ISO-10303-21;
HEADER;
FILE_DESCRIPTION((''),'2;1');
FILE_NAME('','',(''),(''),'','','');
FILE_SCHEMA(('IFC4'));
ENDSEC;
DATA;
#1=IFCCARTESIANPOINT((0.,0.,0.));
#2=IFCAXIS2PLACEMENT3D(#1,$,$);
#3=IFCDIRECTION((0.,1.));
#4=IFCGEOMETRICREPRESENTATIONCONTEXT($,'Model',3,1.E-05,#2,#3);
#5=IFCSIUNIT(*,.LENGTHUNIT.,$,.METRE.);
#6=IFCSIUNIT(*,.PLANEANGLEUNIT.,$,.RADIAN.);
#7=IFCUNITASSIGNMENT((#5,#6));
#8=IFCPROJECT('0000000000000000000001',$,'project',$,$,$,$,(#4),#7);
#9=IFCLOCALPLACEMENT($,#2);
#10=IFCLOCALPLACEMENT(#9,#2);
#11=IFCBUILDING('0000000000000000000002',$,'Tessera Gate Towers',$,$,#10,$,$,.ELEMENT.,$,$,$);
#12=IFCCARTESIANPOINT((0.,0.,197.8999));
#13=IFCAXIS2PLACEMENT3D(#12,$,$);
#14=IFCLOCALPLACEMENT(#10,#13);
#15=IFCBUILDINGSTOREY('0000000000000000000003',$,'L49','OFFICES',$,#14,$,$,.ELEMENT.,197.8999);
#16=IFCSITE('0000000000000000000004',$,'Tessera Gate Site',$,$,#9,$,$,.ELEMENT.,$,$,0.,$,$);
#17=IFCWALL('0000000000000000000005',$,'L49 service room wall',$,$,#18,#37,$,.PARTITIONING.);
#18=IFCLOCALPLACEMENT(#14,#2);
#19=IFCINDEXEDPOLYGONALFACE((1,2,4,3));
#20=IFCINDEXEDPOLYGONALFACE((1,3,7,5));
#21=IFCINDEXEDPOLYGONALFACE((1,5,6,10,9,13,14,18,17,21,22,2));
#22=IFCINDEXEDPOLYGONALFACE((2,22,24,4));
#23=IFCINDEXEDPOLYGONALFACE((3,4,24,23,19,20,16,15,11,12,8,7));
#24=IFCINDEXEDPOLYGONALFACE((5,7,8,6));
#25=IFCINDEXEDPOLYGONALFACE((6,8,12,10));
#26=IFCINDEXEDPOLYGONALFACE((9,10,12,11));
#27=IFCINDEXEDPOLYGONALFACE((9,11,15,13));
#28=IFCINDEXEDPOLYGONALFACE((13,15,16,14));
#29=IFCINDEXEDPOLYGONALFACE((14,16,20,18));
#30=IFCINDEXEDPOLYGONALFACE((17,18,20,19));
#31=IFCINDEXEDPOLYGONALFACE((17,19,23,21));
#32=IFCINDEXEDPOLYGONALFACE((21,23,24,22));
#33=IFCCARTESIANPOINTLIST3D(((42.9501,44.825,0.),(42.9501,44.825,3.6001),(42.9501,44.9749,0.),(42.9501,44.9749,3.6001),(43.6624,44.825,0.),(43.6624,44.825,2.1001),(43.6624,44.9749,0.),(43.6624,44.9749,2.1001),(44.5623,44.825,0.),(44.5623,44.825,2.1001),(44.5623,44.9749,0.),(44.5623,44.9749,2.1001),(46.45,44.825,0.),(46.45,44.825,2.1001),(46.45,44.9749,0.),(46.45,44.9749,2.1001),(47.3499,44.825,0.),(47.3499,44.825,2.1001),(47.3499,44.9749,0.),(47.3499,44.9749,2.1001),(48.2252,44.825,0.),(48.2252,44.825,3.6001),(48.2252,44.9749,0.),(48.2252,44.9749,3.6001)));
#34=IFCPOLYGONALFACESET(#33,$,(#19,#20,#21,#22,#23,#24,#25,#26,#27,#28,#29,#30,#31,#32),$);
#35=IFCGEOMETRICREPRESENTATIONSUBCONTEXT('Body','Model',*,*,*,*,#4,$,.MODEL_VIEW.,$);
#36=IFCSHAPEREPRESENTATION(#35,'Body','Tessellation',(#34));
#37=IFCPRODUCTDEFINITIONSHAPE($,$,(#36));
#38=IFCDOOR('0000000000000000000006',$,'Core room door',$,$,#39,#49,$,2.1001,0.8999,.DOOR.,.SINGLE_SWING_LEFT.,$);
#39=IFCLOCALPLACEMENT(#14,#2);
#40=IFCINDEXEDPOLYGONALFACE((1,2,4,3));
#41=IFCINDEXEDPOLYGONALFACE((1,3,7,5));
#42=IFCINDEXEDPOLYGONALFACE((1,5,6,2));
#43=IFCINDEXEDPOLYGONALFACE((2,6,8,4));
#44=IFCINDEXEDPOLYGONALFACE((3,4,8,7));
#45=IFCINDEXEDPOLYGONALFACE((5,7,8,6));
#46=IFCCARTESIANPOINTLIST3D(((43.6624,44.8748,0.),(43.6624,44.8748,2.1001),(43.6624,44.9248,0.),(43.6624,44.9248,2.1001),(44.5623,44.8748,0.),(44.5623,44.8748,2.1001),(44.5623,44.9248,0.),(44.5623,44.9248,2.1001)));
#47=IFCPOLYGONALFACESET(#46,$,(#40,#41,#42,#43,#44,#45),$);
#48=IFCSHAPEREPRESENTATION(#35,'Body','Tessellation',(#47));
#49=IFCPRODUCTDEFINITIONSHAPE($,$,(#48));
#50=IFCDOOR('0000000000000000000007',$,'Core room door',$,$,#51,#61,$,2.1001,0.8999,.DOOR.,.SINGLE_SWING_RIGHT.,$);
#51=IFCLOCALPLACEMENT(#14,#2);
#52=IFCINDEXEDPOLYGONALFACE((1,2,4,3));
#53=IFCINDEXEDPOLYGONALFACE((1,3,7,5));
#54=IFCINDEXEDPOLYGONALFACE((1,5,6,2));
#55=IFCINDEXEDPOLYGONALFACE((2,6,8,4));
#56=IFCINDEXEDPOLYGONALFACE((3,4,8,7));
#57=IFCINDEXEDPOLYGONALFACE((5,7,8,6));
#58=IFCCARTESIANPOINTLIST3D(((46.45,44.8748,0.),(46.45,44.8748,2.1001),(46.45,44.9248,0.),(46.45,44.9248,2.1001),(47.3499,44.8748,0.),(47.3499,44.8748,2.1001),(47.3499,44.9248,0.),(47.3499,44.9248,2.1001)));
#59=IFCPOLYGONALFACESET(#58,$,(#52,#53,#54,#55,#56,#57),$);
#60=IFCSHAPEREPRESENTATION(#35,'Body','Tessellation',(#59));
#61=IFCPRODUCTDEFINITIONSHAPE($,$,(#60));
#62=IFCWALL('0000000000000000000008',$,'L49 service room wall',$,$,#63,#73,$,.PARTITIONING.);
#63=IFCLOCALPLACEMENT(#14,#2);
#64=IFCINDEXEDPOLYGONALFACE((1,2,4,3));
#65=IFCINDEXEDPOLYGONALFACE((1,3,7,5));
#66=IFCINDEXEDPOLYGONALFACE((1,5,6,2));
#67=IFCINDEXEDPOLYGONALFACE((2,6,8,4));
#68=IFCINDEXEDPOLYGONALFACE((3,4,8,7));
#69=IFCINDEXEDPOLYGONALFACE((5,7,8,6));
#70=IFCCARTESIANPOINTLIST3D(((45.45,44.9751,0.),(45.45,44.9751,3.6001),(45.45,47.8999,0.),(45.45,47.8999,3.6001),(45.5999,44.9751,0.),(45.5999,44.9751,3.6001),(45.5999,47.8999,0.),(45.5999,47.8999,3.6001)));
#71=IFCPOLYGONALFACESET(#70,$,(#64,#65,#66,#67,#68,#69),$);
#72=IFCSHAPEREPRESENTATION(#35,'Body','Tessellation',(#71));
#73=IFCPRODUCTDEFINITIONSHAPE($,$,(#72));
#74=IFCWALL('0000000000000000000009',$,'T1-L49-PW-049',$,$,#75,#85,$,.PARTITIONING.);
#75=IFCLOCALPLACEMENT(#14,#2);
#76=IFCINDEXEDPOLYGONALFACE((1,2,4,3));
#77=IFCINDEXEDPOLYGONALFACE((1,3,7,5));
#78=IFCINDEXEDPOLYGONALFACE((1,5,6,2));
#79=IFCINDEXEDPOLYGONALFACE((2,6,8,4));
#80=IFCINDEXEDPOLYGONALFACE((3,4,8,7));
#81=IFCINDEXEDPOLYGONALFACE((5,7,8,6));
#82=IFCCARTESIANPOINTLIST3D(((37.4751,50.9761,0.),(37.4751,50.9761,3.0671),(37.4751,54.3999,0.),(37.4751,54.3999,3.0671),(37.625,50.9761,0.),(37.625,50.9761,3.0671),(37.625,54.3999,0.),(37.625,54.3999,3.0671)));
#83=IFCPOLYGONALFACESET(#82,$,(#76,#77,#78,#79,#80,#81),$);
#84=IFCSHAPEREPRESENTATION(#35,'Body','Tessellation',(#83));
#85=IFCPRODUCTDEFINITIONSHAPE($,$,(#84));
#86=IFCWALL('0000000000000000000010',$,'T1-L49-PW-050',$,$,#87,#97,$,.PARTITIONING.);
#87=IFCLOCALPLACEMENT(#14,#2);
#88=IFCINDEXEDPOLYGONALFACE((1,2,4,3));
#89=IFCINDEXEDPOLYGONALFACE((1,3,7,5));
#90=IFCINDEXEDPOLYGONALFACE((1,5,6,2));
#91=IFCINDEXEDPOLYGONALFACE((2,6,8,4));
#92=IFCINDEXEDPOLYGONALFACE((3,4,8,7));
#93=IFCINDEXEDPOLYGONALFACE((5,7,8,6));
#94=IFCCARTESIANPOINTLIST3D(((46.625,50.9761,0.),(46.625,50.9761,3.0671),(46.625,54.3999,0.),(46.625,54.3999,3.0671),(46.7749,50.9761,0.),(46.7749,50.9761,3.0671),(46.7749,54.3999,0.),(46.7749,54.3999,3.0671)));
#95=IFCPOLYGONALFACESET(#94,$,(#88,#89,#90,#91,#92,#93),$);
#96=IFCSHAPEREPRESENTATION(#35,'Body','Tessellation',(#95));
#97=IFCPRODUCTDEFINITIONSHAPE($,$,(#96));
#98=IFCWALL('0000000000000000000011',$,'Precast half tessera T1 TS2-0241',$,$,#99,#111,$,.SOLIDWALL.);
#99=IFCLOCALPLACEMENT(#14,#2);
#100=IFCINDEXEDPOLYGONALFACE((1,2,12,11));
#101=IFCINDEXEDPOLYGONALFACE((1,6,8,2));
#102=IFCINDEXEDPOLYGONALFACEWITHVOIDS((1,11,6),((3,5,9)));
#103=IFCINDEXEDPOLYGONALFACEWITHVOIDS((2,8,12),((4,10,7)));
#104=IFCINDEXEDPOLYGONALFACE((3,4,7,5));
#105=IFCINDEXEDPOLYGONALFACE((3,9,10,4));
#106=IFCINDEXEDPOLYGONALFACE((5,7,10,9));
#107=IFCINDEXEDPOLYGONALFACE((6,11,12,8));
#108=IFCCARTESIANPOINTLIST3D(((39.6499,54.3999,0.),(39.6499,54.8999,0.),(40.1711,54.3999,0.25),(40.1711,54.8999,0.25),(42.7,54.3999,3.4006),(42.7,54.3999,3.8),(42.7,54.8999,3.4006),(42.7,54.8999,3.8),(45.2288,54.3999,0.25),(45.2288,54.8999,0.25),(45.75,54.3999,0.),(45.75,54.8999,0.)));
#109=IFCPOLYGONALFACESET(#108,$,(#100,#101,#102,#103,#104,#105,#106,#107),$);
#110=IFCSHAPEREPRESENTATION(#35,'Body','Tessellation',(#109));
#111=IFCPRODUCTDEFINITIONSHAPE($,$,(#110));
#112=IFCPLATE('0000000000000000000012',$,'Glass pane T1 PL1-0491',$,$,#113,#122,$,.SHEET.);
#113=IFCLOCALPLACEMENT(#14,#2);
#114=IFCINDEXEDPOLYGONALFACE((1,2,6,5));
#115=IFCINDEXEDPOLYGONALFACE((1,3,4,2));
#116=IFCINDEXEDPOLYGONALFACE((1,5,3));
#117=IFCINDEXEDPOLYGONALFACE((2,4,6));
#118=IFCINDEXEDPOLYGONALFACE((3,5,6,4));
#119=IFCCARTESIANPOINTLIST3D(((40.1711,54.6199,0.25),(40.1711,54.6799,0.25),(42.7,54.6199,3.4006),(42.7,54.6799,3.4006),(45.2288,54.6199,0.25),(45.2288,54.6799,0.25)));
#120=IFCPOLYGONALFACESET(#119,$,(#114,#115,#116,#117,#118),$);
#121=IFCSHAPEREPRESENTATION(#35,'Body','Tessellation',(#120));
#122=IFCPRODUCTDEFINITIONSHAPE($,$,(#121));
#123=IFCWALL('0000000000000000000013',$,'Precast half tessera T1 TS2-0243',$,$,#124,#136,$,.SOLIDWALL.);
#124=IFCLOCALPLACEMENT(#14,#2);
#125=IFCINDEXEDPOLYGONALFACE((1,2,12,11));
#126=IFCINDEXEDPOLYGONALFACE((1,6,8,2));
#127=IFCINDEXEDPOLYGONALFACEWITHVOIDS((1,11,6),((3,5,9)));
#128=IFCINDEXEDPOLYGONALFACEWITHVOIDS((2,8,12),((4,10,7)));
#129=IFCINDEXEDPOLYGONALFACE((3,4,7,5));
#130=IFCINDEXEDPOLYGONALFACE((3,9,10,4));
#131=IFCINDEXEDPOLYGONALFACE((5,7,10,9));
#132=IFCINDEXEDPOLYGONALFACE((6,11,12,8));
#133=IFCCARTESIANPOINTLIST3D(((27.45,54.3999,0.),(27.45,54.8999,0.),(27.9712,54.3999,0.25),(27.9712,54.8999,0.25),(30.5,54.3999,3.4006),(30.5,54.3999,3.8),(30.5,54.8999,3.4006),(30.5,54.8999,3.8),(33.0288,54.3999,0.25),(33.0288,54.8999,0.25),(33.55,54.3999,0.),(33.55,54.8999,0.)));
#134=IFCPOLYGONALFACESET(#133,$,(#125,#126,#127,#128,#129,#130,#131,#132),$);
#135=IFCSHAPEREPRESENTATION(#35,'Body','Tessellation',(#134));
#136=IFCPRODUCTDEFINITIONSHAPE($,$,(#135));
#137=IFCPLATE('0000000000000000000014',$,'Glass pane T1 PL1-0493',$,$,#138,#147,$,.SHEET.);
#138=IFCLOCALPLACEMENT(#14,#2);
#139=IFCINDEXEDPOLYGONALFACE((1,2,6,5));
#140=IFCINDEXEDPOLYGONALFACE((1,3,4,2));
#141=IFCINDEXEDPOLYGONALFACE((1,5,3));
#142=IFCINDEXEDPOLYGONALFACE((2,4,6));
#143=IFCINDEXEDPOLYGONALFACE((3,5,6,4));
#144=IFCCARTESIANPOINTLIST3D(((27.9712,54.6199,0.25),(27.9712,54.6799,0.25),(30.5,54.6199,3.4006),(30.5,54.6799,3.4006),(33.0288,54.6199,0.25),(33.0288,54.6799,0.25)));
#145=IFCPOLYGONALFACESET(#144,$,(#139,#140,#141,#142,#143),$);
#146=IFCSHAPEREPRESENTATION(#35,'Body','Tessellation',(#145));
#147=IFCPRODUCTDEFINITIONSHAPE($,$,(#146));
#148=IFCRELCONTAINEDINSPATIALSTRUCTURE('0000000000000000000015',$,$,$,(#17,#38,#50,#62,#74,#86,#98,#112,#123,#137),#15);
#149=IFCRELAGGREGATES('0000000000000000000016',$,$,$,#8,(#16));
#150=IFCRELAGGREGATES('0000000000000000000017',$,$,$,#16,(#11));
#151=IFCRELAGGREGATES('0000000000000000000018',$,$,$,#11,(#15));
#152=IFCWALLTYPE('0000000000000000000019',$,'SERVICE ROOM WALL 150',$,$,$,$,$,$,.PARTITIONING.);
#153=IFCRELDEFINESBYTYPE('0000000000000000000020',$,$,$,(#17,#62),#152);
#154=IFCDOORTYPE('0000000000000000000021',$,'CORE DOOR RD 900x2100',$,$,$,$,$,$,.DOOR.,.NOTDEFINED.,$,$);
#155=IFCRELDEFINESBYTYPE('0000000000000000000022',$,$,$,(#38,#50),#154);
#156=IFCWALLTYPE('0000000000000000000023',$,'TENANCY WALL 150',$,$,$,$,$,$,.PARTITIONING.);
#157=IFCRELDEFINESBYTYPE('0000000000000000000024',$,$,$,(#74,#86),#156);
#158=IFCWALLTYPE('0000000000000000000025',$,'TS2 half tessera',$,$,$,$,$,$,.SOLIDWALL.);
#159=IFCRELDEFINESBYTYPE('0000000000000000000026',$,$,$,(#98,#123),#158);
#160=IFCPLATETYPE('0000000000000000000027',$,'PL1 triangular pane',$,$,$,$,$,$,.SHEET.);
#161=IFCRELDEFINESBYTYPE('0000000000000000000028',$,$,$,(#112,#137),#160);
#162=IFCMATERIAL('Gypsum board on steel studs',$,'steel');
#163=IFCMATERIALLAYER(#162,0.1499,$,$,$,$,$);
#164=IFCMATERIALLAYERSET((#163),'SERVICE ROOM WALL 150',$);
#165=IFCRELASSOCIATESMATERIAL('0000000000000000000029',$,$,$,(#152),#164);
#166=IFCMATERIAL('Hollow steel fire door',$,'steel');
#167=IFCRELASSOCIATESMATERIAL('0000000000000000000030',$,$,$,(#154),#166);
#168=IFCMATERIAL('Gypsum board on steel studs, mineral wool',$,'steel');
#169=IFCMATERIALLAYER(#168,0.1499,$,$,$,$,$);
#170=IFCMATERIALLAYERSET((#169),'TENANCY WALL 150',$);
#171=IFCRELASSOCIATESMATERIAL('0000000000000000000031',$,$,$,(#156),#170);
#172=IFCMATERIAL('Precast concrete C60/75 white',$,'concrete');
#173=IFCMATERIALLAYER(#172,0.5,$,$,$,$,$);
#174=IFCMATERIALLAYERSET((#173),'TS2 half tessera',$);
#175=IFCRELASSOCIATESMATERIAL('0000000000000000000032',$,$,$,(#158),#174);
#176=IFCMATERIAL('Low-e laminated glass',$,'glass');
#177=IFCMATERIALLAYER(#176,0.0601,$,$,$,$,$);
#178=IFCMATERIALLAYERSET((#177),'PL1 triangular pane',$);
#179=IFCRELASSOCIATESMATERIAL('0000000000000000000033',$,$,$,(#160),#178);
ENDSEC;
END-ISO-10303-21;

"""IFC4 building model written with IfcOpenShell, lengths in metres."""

from ifc_helpers import new_model, si_unit, direction, frame, frame_2d, origin, place, context, subcontext, project, spatial, polyline, rectangle, outline, extrude, source, transform, mapped, material, layer, layer_set, type_object, element, fill, save


model = new_model("IFC4")

# Units and contexts
model_context = context("Model", 3, precision=1e-05, world=origin(), true_north=direction((0.0, 1.0)))
body_context = subcontext(model_context, "Body", "Model", "MODEL_VIEW")
ifc_project = project(units=[si_unit("LENGTHUNIT", "METRE"), si_unit("PLANEANGLEUNIT", "RADIAN")], contexts=[model_context])

# Site, building, storey
site_placement = place(None, origin())
site = spatial("IfcSite", under=ifc_project, at=site_placement, Name="Tessera Gate Site", CompositionType="ELEMENT", RefElevation=0.0)
building_placement = place(site_placement, origin())
building = spatial("IfcBuilding", under=site, at=building_placement, Name="Tessera Gate Towers", CompositionType="ELEMENT")
storey_placement = place(building_placement, frame((0.0, 0.0, 197.8999)))
storey = spatial("IfcBuildingStorey", under=building, at=storey_placement, Name="L49", Description="OFFICES", CompositionType="ELEMENT", Elevation=197.8999)

# Wall, openings, doors
ifc_material_1 = material(Name="Gypsum board on steel studs", Category="steel")
ifc_layer_1 = layer(ifc_material_1, 0.1499)
ifc_layer_set_1 = layer_set([ifc_layer_1], Name="SERVICE ROOM WALL 150")
wall_type_1 = type_object("IfcWallType", Name="SERVICE ROOM WALL 150", PredefinedType="PARTITIONING", material=ifc_layer_set_1)
wall_1_placement = place(storey_placement, frame((42.95, 44.8999, 0.0), z_axis=(0.0, 0.0, 1.0), x_axis=(1.0, 0.0, 0.0)))
wall_1 = element("IfcWall", 1, at=wall_1_placement, inside=storey, type_object=wall_type_1, Name="L49 service room wall", PredefinedType="PARTITIONING", context=body_context, shape_type="SweptSolid", body=[
    extrude(rectangle(XDim=5.2751, YDim=0.1499, at=frame_2d((2.6377, 0.0))), origin(), (0.0, 0.0, 1.0), 3.6001),
])
shared_shape_1 = source(origin(), body_context, "Body", "SweptSolid", [
    extrude(rectangle(XDim=0.8999, YDim=2.1001, at=frame_2d((0.45, 1.05))), frame((0.0, 0.085, 0.0), z_axis=(0.0, -1.0, 0.0), x_axis=(1.0, 0.0, 0.0)), (0.0, 0.0, 1.0), 0.1699),
])
opening_1_placement = place(wall_1_placement, frame((0.7124, 0.0, 0.0)))
opening_1 = element("IfcOpeningElement", 2, at=opening_1_placement, cuts=wall_1, PredefinedType="OPENING", context=body_context, shape_type="MappedRepresentation", body=[
    mapped(shared_shape_1, transform((0.0, 0.0, 0.0), scale=1.0)),
])
opening_2_placement = place(wall_1_placement, frame((3.5, 0.0, 0.0)))
opening_2 = element("IfcOpeningElement", 3, at=opening_2_placement, cuts=wall_1, PredefinedType="OPENING", context=body_context, shape_type="MappedRepresentation", body=[
    mapped(shared_shape_1, transform((0.0, 0.0, 0.0), scale=1.0)),
])
ifc_material_2 = material(Name="Hollow steel fire door", Category="steel")
door_type_1 = type_object("IfcDoorType", Name="CORE DOOR RD 900x2100", OperationType="NOTDEFINED", PredefinedType="DOOR", material=ifc_material_2)
shared_shape_2 = source(origin(), body_context, "Body", "SweptSolid", [
    extrude(rectangle(XDim=0.8999, YDim=2.1001, at=frame_2d((0.45, 1.05))), frame((0.0, 0.0249, 0.0), z_axis=(0.0, -1.0, 0.0), x_axis=(1.0, 0.0, 0.0)), (0.0, 0.0, 1.0), 0.05),
])
door_1_placement = place(opening_1_placement, origin())
door_1 = element("IfcDoor", 4, at=door_1_placement, inside=storey, type_object=door_type_1, Name="Core room door", OperationType="SINGLE_SWING_LEFT", OverallHeight=2.1001, OverallWidth=0.8999, PredefinedType="DOOR", context=body_context, shape_type="MappedRepresentation", body=[
    mapped(shared_shape_2, transform((0.0, 0.0, 0.0), scale=1.0)),
])
fill(opening_1, door_1)
door_2_placement = place(opening_2_placement, origin())
door_2 = element("IfcDoor", 5, at=door_2_placement, inside=storey, type_object=door_type_1, Name="Core room door", OperationType="SINGLE_SWING_RIGHT", OverallHeight=2.1001, OverallWidth=0.8999, PredefinedType="DOOR", context=body_context, shape_type="MappedRepresentation", body=[
    mapped(shared_shape_2, transform((0.0, 0.0, 0.0), scale=1.0)),
])
fill(opening_2, door_2)

# Walls
wall_2_placement = place(storey_placement, frame((45.5249, 44.9751, 0.0), z_axis=(0.0, 0.0, 1.0), x_axis=(0.0, 1.0, 0.0)))
element("IfcWall", 6, at=wall_2_placement, inside=storey, type_object=wall_type_1, Name="L49 service room wall", PredefinedType="PARTITIONING", context=body_context, shape_type="SweptSolid", body=[
    extrude(rectangle(XDim=2.9248, YDim=0.1499, at=frame_2d((1.4624, 0.0))), origin(), (0.0, 0.0, 1.0), 3.6001),
])
ifc_material_3 = material(Name="Gypsum board on steel studs, mineral wool", Category="steel")
ifc_layer_2 = layer(ifc_material_3, 0.1499)
ifc_layer_set_2 = layer_set([ifc_layer_2], Name="TENANCY WALL 150")
wall_type_2 = type_object("IfcWallType", Name="TENANCY WALL 150", PredefinedType="PARTITIONING", material=ifc_layer_set_2)
for number, where, z_axis, x_axis, name in (
    (7, (37.55, 50.9761, 0.0), (0.0, 0.0, 1.0), (0.0, 1.0, 0.0), "T1-L49-PW-049"),
    (8, (46.7, 50.9761, 0.0), (0.0, 0.0, 1.0), (0.0, 1.0, 0.0), "T1-L49-PW-050"),
):
    element("IfcWall", number, at=place(storey_placement, frame(where, z_axis=z_axis, x_axis=x_axis)), inside=storey, type_object=wall_type_2, Name=name, PredefinedType="PARTITIONING", context=body_context, shape_type="SweptSolid", body=[
        extrude(rectangle(XDim=3.4238, YDim=0.1499, at=frame_2d((1.7119, 0.0))), origin(), (0.0, 0.0, 1.0), 3.0671),
    ])

# Walls, openings, plates
ifc_material_4 = material(Name="Precast concrete C60/75 white", Category="concrete")
ifc_layer_3 = layer(ifc_material_4, 0.5)
ifc_layer_set_3 = layer_set([ifc_layer_3], Name="TS2 half tessera")
wall_type_3 = type_object("IfcWallType", Name="TS2 half tessera", PredefinedType="SOLIDWALL", material=ifc_layer_set_3)
shared_shape_3 = source(origin(), body_context, "Body", "SweptSolid", [
    extrude(outline(polyline([(6.1001, 0.0), (3.05, 3.8), (0.0, 0.0), (6.1001, 0.0)])), frame((0.0, 0.25, 0.0), z_axis=(0.0, -1.0, 0.0), x_axis=(1.0, 0.0, 0.0)), (0.0, 0.0, 1.0), 0.5),
])
wall_3_placement = place(storey_placement, frame((45.75, 54.6499, 0.0), z_axis=(0.0, 0.0, 1.0), x_axis=(-1.0, 0.0, 0.0)))
wall_3 = element("IfcWall", 9, at=wall_3_placement, inside=storey, type_object=wall_type_3, Name="Precast half tessera T1 TS2-0241", PredefinedType="SOLIDWALL", context=body_context, shape_type="MappedRepresentation", body=[
    mapped(shared_shape_3, transform((0.0, 0.0, 0.0), scale=1.0)),
])
shared_shape_4 = source(origin(), body_context, "Body", "SweptSolid", [
    extrude(outline(polyline([(5.5789, 0.25), (3.05, 3.4006), (0.5212, 0.25), (5.5789, 0.25)])), frame((0.0, 0.26, 0.0), z_axis=(0.0, -1.0, 0.0), x_axis=(1.0, 0.0, 0.0)), (0.0, 0.0, 1.0), 0.52),
])
opening_3_placement = place(wall_3_placement, origin())
opening_3 = element("IfcOpeningElement", 10, at=opening_3_placement, cuts=wall_3, PredefinedType="OPENING", context=body_context, shape_type="MappedRepresentation", body=[
    mapped(shared_shape_4, transform((0.0, 0.0, 0.0), scale=1.0)),
])
ifc_material_5 = material(Name="Low-e laminated glass", Category="glass")
ifc_layer_4 = layer(ifc_material_5, 0.0601)
ifc_layer_set_4 = layer_set([ifc_layer_4], Name="PL1 triangular pane")
plate_type = type_object("IfcPlateType", Name="PL1 triangular pane", PredefinedType="SHEET", material=ifc_layer_set_4)
shared_shape_5 = source(origin(), body_context, "Body", "SweptSolid", [
    extrude(outline(polyline([(5.5789, 0.25), (3.05, 3.4006), (0.5212, 0.25), (5.5789, 0.25)])), frame((0.0, 0.03, 0.0), z_axis=(0.0, -1.0, 0.0), x_axis=(1.0, 0.0, 0.0)), (0.0, 0.0, 1.0), 0.0601),
])
plate_1_placement = place(opening_3_placement, origin())
plate_1 = element("IfcPlate", 11, at=plate_1_placement, inside=storey, type_object=plate_type, Name="Glass pane T1 PL1-0491", PredefinedType="SHEET", context=body_context, shape_type="MappedRepresentation", body=[
    mapped(shared_shape_5, transform((0.0, 0.0, 0.0), scale=1.0)),
])
fill(opening_3, plate_1)
wall_4_placement = place(storey_placement, frame((33.55, 54.6499, 0.0), z_axis=(0.0, 0.0, 1.0), x_axis=(-1.0, 0.0, 0.0)))
wall_4 = element("IfcWall", 12, at=wall_4_placement, inside=storey, type_object=wall_type_3, Name="Precast half tessera T1 TS2-0243", PredefinedType="SOLIDWALL", context=body_context, shape_type="MappedRepresentation", body=[
    mapped(shared_shape_3, transform((0.0, 0.0, 0.0), scale=1.0)),
])
opening_4_placement = place(wall_4_placement, origin())
opening_4 = element("IfcOpeningElement", 13, at=opening_4_placement, cuts=wall_4, PredefinedType="OPENING", context=body_context, shape_type="MappedRepresentation", body=[
    mapped(shared_shape_4, transform((0.0, 0.0, 0.0), scale=1.0)),
])
plate_2_placement = place(opening_4_placement, origin())
plate_2 = element("IfcPlate", 14, at=plate_2_placement, inside=storey, type_object=plate_type, Name="Glass pane T1 PL1-0493", PredefinedType="SHEET", context=body_context, shape_type="MappedRepresentation", body=[
    mapped(shared_shape_5, transform((0.0, 0.0, 0.0), scale=1.0)),
])
fill(opening_4, plate_2)

save(model, "model.ifc")
